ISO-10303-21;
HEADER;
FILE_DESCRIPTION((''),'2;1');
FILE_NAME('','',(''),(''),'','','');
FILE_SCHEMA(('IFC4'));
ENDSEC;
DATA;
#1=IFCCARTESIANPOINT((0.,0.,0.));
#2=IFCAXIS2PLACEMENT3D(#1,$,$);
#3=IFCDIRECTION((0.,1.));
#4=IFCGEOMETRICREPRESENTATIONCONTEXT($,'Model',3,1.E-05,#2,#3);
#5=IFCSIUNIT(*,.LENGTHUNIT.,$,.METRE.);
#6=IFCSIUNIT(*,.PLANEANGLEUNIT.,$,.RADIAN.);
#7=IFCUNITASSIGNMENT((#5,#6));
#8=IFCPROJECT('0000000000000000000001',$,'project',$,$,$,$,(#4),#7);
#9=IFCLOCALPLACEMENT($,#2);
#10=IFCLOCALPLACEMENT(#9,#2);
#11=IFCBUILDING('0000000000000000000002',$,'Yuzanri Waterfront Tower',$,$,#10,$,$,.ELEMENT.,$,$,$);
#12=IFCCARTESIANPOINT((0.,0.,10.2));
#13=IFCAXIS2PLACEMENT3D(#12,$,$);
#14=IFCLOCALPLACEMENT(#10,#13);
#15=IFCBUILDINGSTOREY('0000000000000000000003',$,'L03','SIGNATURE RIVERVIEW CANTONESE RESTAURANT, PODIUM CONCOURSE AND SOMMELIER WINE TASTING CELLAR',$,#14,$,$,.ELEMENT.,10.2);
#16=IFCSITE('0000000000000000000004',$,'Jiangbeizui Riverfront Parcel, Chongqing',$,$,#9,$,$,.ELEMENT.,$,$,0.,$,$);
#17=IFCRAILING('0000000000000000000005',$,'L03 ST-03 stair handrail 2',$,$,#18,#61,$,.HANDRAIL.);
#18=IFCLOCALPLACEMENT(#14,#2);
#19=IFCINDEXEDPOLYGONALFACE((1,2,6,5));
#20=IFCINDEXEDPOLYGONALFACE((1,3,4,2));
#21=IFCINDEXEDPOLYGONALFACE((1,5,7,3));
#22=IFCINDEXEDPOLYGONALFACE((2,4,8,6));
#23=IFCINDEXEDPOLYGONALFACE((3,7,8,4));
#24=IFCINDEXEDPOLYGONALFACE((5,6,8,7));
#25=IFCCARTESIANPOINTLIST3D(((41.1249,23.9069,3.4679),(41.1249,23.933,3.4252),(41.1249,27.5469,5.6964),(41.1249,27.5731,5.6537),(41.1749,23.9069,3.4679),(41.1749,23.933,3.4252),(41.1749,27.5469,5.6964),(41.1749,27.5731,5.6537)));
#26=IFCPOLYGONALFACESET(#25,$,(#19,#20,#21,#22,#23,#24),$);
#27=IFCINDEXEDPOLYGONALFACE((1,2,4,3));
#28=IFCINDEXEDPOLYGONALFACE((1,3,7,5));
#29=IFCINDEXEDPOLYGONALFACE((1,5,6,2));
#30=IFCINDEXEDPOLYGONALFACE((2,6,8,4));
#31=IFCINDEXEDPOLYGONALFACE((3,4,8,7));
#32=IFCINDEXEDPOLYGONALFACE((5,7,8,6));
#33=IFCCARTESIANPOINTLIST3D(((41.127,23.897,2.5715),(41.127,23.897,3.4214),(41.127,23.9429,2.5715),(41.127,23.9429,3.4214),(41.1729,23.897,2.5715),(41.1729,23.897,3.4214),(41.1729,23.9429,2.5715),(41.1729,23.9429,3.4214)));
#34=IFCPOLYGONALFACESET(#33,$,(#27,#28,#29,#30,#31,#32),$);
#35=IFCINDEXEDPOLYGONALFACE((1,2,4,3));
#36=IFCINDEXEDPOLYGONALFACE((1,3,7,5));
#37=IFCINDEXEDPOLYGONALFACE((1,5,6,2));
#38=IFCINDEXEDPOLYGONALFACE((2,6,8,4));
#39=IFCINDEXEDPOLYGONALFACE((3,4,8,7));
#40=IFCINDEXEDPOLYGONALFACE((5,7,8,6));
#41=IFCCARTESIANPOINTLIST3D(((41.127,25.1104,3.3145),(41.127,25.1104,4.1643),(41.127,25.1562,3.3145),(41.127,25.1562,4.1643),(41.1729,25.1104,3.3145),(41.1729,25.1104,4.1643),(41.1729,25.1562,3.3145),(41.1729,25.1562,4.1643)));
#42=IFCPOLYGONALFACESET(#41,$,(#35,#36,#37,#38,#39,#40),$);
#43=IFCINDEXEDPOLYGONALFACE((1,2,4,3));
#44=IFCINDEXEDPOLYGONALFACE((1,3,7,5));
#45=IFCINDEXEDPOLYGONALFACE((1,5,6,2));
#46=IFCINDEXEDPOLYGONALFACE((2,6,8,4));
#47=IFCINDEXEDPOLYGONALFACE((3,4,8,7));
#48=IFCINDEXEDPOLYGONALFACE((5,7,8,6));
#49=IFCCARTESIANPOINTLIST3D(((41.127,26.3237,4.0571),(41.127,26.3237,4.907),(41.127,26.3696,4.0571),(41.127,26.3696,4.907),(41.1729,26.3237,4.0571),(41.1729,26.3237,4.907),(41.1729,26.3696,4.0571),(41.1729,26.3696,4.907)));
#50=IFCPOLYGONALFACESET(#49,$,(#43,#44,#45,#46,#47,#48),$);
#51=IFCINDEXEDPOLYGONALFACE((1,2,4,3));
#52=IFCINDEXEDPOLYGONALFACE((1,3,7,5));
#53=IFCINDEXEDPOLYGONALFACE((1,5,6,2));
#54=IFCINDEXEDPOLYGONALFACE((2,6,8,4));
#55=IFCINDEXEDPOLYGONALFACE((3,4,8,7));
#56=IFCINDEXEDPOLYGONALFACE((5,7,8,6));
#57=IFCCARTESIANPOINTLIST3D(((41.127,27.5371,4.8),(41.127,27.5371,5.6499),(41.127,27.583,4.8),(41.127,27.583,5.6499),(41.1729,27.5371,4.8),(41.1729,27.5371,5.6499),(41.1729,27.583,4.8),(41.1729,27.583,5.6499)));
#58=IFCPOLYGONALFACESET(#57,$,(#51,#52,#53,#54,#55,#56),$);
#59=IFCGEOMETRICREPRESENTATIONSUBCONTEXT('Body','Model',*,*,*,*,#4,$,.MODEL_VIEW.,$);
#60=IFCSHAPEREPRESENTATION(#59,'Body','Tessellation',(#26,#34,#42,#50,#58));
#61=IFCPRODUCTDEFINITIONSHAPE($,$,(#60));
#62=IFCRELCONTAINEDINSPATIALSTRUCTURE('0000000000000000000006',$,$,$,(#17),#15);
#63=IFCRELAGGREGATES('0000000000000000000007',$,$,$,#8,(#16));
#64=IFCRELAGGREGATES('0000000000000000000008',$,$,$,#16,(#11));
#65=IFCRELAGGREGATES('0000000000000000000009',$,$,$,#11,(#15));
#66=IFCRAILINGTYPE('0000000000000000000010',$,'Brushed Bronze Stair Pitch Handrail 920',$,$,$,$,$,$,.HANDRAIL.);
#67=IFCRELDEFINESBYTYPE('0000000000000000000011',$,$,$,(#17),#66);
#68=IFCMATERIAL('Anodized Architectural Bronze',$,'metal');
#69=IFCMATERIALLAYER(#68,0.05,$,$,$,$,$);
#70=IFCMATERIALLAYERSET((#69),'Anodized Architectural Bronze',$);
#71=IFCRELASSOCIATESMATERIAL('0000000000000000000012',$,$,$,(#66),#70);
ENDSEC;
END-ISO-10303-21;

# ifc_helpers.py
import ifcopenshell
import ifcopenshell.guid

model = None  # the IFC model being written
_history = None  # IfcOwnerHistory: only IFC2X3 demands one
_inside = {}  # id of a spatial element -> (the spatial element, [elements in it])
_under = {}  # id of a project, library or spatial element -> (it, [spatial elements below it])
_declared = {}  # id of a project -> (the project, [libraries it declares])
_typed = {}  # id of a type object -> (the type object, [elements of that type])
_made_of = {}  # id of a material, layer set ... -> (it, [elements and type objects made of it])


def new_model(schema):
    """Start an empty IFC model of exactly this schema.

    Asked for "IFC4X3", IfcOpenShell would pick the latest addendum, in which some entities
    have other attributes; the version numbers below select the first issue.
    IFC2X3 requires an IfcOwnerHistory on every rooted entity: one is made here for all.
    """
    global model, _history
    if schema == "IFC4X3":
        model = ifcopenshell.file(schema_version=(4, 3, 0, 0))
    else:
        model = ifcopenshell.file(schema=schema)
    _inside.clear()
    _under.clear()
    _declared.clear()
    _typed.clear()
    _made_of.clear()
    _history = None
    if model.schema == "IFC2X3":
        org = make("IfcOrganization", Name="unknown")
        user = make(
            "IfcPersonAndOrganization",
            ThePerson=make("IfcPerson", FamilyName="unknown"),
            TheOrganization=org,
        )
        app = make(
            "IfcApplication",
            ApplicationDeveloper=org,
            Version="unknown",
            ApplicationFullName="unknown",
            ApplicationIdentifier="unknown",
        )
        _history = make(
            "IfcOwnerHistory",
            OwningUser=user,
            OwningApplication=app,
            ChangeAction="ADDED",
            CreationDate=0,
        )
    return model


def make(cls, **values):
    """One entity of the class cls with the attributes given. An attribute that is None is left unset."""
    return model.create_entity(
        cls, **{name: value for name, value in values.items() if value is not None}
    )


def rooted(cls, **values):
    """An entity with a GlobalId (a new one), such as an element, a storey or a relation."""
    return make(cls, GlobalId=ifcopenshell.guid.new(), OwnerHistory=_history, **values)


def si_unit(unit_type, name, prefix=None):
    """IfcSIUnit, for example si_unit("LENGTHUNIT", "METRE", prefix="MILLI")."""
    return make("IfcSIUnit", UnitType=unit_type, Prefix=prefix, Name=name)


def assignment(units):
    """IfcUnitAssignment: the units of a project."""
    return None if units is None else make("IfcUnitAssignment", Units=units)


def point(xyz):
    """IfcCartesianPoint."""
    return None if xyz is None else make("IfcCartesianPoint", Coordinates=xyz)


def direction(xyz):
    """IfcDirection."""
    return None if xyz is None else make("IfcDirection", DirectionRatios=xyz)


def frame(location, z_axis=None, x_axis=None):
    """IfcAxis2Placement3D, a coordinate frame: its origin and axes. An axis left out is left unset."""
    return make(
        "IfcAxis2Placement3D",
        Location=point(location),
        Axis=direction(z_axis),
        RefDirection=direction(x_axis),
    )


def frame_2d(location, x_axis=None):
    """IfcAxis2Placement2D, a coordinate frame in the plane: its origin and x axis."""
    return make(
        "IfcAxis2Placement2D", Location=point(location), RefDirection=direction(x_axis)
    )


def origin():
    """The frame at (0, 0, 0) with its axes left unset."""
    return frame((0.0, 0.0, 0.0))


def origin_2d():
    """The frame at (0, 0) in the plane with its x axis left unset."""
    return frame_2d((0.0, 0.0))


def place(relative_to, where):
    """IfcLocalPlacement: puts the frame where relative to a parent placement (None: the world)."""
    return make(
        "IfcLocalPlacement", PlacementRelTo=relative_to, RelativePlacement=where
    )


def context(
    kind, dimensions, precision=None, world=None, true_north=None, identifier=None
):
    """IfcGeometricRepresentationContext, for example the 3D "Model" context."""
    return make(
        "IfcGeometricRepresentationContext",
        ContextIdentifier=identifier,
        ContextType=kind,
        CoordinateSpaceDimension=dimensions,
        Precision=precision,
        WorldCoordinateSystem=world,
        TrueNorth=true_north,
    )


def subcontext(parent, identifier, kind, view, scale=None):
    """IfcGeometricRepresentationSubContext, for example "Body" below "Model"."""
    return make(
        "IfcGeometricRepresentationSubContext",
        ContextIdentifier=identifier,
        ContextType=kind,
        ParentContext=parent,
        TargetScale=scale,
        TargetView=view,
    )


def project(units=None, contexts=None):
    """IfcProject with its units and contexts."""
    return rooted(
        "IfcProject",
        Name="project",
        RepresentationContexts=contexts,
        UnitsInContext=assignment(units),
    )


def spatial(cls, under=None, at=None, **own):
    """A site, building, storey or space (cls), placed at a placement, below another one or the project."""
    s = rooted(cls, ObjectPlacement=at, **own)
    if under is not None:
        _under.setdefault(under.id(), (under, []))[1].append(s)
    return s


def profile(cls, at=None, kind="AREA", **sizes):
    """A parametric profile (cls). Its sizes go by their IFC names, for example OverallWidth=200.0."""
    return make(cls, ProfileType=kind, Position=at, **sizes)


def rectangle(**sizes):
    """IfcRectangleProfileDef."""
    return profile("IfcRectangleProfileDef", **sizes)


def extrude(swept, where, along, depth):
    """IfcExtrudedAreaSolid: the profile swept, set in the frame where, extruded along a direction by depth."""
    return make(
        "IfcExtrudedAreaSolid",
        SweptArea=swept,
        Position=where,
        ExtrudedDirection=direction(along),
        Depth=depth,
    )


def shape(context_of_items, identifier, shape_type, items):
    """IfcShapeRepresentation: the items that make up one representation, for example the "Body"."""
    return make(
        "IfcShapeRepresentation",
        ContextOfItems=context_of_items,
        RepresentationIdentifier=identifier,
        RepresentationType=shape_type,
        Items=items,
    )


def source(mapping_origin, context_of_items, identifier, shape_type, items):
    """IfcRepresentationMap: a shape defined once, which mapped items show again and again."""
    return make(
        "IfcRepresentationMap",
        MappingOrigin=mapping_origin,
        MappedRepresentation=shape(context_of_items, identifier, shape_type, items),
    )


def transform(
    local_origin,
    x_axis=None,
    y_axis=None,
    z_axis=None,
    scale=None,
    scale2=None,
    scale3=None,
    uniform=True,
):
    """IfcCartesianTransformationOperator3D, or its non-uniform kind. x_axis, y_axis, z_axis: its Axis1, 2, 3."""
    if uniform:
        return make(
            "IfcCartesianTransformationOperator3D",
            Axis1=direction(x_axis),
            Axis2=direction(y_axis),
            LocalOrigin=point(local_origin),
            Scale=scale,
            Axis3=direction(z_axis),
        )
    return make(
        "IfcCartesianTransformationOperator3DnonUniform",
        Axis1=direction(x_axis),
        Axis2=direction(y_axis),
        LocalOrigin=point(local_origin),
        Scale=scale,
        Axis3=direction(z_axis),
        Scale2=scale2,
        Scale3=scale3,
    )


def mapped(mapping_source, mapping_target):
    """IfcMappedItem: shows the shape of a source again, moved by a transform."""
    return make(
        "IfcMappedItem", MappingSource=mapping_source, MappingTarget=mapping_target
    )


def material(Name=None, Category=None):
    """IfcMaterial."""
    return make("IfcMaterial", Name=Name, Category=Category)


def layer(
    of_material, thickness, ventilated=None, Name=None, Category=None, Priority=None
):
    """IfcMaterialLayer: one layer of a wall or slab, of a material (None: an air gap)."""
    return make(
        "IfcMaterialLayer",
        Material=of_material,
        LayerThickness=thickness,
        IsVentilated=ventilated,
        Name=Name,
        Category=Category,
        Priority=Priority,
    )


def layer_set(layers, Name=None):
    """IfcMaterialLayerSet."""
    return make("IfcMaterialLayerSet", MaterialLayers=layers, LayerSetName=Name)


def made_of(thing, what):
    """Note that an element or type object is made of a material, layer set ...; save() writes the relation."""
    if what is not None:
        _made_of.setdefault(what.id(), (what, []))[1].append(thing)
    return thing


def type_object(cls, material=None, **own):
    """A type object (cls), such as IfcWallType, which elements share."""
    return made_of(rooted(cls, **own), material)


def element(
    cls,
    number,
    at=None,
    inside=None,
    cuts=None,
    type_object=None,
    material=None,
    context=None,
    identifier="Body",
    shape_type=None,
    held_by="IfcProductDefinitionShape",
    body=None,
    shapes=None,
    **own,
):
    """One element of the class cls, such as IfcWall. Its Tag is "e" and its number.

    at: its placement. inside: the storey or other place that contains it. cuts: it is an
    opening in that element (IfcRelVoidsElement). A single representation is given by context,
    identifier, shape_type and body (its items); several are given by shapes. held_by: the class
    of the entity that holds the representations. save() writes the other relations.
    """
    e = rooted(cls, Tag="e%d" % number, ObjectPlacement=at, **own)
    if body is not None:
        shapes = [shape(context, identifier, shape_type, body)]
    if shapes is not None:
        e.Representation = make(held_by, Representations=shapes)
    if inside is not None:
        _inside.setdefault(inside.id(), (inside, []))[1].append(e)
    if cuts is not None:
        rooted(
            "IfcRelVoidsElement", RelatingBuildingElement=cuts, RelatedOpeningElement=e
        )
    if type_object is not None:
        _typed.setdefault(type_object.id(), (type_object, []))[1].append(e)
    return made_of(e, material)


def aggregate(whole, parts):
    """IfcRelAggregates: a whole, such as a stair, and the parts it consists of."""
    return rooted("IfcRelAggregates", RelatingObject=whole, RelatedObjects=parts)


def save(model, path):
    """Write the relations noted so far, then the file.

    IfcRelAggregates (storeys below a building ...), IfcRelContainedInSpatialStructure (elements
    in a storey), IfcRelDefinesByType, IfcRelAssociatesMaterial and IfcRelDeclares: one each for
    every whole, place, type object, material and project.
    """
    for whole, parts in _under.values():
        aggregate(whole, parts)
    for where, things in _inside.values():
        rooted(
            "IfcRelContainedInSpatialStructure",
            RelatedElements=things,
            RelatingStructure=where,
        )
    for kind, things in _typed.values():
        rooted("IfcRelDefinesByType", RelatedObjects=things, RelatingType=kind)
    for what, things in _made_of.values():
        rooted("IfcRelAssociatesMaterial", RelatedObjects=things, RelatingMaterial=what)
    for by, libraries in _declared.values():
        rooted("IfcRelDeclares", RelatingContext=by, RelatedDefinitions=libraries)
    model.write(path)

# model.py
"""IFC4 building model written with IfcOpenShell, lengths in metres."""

from ifc_helpers import new_model, si_unit, direction, frame, origin, origin_2d, place, context, subcontext, project, spatial, rectangle, extrude, source, transform, mapped, material, layer, layer_set, type_object, element, save


model = new_model("IFC4")

# Units and contexts
model_context = context("Model", 3, precision=1e-05, world=origin(), true_north=direction((0.0, 1.0)))
body_context = subcontext(model_context, "Body", "Model", "MODEL_VIEW")
ifc_project = project(units=[si_unit("LENGTHUNIT", "METRE"), si_unit("PLANEANGLEUNIT", "RADIAN")], contexts=[model_context])

# Site, building, storey
site_placement = place(None, origin())
site = spatial("IfcSite", under=ifc_project, at=site_placement, Name="Jiangbeizui Riverfront Parcel, Chongqing", CompositionType="ELEMENT", RefElevation=0.0)
building_placement = place(site_placement, origin())
building = spatial("IfcBuilding", under=site, at=building_placement, Name="Yuzanri Waterfront Tower", CompositionType="ELEMENT")
storey_placement = place(building_placement, frame((0.0, 0.0, 10.2)))
storey = spatial("IfcBuildingStorey", under=building, at=storey_placement, Name="L03", Description="SIGNATURE RIVERVIEW CANTONESE RESTAURANT, PODIUM CONCOURSE AND SOMMELIER WINE TASTING CELLAR", CompositionType="ELEMENT", Elevation=10.2)

# Railing
ifc_material_1 = material(Name="Anodized Architectural Bronze", Category="metal")
ifc_layer_1 = layer(ifc_material_1, 0.05)
ifc_layer_set_1 = layer_set([ifc_layer_1], Name="Anodized Architectural Bronze")
railing_type_1 = type_object("IfcRailingType", Name="Brushed Bronze Stair Pitch Handrail 920", PredefinedType="HANDRAIL", material=ifc_layer_set_1)
shared_shape_1 = source(origin(), body_context, "Body", "SweptSolid", [
    extrude(rectangle(XDim=0.05, YDim=0.05, at=origin_2d()), frame((0.0, 0.0, 0.875), z_axis=(0.0, 0.852866, 0.52213), x_axis=(-1.0, 0.0, 0.0)), (0.0, 0.0, 1.0), 4.2681),
    extrude(rectangle(XDim=0.0459, YDim=0.0459, at=origin_2d()), origin(), (0.0, 0.0, 1.0), 0.8499),
    extrude(rectangle(XDim=0.0459, YDim=0.0459, at=origin_2d()), frame((0.0, 1.2134, 0.7429)), (0.0, 0.0, 1.0), 0.8499),
    extrude(rectangle(XDim=0.0459, YDim=0.0459, at=origin_2d()), frame((0.0, 2.4268, 1.4856)), (0.0, 0.0, 1.0), 0.8499),
    extrude(rectangle(XDim=0.0459, YDim=0.0459, at=origin_2d()), frame((0.0, 3.6401, 2.2285)), (0.0, 0.0, 1.0), 0.8499),
])
railing_1_placement = place(storey_placement, frame((41.1499, 23.9199, 2.5715)))
element("IfcRailing", 1, at=railing_1_placement, inside=storey, type_object=railing_type_1, Name="L03 ST-03 stair handrail 2", PredefinedType="HANDRAIL", context=body_context, shape_type="MappedRepresentation", body=[
    mapped(shared_shape_1, transform((0.0, 0.0, 0.0), scale=1.0)),
])

save(model, "model.ifc")
